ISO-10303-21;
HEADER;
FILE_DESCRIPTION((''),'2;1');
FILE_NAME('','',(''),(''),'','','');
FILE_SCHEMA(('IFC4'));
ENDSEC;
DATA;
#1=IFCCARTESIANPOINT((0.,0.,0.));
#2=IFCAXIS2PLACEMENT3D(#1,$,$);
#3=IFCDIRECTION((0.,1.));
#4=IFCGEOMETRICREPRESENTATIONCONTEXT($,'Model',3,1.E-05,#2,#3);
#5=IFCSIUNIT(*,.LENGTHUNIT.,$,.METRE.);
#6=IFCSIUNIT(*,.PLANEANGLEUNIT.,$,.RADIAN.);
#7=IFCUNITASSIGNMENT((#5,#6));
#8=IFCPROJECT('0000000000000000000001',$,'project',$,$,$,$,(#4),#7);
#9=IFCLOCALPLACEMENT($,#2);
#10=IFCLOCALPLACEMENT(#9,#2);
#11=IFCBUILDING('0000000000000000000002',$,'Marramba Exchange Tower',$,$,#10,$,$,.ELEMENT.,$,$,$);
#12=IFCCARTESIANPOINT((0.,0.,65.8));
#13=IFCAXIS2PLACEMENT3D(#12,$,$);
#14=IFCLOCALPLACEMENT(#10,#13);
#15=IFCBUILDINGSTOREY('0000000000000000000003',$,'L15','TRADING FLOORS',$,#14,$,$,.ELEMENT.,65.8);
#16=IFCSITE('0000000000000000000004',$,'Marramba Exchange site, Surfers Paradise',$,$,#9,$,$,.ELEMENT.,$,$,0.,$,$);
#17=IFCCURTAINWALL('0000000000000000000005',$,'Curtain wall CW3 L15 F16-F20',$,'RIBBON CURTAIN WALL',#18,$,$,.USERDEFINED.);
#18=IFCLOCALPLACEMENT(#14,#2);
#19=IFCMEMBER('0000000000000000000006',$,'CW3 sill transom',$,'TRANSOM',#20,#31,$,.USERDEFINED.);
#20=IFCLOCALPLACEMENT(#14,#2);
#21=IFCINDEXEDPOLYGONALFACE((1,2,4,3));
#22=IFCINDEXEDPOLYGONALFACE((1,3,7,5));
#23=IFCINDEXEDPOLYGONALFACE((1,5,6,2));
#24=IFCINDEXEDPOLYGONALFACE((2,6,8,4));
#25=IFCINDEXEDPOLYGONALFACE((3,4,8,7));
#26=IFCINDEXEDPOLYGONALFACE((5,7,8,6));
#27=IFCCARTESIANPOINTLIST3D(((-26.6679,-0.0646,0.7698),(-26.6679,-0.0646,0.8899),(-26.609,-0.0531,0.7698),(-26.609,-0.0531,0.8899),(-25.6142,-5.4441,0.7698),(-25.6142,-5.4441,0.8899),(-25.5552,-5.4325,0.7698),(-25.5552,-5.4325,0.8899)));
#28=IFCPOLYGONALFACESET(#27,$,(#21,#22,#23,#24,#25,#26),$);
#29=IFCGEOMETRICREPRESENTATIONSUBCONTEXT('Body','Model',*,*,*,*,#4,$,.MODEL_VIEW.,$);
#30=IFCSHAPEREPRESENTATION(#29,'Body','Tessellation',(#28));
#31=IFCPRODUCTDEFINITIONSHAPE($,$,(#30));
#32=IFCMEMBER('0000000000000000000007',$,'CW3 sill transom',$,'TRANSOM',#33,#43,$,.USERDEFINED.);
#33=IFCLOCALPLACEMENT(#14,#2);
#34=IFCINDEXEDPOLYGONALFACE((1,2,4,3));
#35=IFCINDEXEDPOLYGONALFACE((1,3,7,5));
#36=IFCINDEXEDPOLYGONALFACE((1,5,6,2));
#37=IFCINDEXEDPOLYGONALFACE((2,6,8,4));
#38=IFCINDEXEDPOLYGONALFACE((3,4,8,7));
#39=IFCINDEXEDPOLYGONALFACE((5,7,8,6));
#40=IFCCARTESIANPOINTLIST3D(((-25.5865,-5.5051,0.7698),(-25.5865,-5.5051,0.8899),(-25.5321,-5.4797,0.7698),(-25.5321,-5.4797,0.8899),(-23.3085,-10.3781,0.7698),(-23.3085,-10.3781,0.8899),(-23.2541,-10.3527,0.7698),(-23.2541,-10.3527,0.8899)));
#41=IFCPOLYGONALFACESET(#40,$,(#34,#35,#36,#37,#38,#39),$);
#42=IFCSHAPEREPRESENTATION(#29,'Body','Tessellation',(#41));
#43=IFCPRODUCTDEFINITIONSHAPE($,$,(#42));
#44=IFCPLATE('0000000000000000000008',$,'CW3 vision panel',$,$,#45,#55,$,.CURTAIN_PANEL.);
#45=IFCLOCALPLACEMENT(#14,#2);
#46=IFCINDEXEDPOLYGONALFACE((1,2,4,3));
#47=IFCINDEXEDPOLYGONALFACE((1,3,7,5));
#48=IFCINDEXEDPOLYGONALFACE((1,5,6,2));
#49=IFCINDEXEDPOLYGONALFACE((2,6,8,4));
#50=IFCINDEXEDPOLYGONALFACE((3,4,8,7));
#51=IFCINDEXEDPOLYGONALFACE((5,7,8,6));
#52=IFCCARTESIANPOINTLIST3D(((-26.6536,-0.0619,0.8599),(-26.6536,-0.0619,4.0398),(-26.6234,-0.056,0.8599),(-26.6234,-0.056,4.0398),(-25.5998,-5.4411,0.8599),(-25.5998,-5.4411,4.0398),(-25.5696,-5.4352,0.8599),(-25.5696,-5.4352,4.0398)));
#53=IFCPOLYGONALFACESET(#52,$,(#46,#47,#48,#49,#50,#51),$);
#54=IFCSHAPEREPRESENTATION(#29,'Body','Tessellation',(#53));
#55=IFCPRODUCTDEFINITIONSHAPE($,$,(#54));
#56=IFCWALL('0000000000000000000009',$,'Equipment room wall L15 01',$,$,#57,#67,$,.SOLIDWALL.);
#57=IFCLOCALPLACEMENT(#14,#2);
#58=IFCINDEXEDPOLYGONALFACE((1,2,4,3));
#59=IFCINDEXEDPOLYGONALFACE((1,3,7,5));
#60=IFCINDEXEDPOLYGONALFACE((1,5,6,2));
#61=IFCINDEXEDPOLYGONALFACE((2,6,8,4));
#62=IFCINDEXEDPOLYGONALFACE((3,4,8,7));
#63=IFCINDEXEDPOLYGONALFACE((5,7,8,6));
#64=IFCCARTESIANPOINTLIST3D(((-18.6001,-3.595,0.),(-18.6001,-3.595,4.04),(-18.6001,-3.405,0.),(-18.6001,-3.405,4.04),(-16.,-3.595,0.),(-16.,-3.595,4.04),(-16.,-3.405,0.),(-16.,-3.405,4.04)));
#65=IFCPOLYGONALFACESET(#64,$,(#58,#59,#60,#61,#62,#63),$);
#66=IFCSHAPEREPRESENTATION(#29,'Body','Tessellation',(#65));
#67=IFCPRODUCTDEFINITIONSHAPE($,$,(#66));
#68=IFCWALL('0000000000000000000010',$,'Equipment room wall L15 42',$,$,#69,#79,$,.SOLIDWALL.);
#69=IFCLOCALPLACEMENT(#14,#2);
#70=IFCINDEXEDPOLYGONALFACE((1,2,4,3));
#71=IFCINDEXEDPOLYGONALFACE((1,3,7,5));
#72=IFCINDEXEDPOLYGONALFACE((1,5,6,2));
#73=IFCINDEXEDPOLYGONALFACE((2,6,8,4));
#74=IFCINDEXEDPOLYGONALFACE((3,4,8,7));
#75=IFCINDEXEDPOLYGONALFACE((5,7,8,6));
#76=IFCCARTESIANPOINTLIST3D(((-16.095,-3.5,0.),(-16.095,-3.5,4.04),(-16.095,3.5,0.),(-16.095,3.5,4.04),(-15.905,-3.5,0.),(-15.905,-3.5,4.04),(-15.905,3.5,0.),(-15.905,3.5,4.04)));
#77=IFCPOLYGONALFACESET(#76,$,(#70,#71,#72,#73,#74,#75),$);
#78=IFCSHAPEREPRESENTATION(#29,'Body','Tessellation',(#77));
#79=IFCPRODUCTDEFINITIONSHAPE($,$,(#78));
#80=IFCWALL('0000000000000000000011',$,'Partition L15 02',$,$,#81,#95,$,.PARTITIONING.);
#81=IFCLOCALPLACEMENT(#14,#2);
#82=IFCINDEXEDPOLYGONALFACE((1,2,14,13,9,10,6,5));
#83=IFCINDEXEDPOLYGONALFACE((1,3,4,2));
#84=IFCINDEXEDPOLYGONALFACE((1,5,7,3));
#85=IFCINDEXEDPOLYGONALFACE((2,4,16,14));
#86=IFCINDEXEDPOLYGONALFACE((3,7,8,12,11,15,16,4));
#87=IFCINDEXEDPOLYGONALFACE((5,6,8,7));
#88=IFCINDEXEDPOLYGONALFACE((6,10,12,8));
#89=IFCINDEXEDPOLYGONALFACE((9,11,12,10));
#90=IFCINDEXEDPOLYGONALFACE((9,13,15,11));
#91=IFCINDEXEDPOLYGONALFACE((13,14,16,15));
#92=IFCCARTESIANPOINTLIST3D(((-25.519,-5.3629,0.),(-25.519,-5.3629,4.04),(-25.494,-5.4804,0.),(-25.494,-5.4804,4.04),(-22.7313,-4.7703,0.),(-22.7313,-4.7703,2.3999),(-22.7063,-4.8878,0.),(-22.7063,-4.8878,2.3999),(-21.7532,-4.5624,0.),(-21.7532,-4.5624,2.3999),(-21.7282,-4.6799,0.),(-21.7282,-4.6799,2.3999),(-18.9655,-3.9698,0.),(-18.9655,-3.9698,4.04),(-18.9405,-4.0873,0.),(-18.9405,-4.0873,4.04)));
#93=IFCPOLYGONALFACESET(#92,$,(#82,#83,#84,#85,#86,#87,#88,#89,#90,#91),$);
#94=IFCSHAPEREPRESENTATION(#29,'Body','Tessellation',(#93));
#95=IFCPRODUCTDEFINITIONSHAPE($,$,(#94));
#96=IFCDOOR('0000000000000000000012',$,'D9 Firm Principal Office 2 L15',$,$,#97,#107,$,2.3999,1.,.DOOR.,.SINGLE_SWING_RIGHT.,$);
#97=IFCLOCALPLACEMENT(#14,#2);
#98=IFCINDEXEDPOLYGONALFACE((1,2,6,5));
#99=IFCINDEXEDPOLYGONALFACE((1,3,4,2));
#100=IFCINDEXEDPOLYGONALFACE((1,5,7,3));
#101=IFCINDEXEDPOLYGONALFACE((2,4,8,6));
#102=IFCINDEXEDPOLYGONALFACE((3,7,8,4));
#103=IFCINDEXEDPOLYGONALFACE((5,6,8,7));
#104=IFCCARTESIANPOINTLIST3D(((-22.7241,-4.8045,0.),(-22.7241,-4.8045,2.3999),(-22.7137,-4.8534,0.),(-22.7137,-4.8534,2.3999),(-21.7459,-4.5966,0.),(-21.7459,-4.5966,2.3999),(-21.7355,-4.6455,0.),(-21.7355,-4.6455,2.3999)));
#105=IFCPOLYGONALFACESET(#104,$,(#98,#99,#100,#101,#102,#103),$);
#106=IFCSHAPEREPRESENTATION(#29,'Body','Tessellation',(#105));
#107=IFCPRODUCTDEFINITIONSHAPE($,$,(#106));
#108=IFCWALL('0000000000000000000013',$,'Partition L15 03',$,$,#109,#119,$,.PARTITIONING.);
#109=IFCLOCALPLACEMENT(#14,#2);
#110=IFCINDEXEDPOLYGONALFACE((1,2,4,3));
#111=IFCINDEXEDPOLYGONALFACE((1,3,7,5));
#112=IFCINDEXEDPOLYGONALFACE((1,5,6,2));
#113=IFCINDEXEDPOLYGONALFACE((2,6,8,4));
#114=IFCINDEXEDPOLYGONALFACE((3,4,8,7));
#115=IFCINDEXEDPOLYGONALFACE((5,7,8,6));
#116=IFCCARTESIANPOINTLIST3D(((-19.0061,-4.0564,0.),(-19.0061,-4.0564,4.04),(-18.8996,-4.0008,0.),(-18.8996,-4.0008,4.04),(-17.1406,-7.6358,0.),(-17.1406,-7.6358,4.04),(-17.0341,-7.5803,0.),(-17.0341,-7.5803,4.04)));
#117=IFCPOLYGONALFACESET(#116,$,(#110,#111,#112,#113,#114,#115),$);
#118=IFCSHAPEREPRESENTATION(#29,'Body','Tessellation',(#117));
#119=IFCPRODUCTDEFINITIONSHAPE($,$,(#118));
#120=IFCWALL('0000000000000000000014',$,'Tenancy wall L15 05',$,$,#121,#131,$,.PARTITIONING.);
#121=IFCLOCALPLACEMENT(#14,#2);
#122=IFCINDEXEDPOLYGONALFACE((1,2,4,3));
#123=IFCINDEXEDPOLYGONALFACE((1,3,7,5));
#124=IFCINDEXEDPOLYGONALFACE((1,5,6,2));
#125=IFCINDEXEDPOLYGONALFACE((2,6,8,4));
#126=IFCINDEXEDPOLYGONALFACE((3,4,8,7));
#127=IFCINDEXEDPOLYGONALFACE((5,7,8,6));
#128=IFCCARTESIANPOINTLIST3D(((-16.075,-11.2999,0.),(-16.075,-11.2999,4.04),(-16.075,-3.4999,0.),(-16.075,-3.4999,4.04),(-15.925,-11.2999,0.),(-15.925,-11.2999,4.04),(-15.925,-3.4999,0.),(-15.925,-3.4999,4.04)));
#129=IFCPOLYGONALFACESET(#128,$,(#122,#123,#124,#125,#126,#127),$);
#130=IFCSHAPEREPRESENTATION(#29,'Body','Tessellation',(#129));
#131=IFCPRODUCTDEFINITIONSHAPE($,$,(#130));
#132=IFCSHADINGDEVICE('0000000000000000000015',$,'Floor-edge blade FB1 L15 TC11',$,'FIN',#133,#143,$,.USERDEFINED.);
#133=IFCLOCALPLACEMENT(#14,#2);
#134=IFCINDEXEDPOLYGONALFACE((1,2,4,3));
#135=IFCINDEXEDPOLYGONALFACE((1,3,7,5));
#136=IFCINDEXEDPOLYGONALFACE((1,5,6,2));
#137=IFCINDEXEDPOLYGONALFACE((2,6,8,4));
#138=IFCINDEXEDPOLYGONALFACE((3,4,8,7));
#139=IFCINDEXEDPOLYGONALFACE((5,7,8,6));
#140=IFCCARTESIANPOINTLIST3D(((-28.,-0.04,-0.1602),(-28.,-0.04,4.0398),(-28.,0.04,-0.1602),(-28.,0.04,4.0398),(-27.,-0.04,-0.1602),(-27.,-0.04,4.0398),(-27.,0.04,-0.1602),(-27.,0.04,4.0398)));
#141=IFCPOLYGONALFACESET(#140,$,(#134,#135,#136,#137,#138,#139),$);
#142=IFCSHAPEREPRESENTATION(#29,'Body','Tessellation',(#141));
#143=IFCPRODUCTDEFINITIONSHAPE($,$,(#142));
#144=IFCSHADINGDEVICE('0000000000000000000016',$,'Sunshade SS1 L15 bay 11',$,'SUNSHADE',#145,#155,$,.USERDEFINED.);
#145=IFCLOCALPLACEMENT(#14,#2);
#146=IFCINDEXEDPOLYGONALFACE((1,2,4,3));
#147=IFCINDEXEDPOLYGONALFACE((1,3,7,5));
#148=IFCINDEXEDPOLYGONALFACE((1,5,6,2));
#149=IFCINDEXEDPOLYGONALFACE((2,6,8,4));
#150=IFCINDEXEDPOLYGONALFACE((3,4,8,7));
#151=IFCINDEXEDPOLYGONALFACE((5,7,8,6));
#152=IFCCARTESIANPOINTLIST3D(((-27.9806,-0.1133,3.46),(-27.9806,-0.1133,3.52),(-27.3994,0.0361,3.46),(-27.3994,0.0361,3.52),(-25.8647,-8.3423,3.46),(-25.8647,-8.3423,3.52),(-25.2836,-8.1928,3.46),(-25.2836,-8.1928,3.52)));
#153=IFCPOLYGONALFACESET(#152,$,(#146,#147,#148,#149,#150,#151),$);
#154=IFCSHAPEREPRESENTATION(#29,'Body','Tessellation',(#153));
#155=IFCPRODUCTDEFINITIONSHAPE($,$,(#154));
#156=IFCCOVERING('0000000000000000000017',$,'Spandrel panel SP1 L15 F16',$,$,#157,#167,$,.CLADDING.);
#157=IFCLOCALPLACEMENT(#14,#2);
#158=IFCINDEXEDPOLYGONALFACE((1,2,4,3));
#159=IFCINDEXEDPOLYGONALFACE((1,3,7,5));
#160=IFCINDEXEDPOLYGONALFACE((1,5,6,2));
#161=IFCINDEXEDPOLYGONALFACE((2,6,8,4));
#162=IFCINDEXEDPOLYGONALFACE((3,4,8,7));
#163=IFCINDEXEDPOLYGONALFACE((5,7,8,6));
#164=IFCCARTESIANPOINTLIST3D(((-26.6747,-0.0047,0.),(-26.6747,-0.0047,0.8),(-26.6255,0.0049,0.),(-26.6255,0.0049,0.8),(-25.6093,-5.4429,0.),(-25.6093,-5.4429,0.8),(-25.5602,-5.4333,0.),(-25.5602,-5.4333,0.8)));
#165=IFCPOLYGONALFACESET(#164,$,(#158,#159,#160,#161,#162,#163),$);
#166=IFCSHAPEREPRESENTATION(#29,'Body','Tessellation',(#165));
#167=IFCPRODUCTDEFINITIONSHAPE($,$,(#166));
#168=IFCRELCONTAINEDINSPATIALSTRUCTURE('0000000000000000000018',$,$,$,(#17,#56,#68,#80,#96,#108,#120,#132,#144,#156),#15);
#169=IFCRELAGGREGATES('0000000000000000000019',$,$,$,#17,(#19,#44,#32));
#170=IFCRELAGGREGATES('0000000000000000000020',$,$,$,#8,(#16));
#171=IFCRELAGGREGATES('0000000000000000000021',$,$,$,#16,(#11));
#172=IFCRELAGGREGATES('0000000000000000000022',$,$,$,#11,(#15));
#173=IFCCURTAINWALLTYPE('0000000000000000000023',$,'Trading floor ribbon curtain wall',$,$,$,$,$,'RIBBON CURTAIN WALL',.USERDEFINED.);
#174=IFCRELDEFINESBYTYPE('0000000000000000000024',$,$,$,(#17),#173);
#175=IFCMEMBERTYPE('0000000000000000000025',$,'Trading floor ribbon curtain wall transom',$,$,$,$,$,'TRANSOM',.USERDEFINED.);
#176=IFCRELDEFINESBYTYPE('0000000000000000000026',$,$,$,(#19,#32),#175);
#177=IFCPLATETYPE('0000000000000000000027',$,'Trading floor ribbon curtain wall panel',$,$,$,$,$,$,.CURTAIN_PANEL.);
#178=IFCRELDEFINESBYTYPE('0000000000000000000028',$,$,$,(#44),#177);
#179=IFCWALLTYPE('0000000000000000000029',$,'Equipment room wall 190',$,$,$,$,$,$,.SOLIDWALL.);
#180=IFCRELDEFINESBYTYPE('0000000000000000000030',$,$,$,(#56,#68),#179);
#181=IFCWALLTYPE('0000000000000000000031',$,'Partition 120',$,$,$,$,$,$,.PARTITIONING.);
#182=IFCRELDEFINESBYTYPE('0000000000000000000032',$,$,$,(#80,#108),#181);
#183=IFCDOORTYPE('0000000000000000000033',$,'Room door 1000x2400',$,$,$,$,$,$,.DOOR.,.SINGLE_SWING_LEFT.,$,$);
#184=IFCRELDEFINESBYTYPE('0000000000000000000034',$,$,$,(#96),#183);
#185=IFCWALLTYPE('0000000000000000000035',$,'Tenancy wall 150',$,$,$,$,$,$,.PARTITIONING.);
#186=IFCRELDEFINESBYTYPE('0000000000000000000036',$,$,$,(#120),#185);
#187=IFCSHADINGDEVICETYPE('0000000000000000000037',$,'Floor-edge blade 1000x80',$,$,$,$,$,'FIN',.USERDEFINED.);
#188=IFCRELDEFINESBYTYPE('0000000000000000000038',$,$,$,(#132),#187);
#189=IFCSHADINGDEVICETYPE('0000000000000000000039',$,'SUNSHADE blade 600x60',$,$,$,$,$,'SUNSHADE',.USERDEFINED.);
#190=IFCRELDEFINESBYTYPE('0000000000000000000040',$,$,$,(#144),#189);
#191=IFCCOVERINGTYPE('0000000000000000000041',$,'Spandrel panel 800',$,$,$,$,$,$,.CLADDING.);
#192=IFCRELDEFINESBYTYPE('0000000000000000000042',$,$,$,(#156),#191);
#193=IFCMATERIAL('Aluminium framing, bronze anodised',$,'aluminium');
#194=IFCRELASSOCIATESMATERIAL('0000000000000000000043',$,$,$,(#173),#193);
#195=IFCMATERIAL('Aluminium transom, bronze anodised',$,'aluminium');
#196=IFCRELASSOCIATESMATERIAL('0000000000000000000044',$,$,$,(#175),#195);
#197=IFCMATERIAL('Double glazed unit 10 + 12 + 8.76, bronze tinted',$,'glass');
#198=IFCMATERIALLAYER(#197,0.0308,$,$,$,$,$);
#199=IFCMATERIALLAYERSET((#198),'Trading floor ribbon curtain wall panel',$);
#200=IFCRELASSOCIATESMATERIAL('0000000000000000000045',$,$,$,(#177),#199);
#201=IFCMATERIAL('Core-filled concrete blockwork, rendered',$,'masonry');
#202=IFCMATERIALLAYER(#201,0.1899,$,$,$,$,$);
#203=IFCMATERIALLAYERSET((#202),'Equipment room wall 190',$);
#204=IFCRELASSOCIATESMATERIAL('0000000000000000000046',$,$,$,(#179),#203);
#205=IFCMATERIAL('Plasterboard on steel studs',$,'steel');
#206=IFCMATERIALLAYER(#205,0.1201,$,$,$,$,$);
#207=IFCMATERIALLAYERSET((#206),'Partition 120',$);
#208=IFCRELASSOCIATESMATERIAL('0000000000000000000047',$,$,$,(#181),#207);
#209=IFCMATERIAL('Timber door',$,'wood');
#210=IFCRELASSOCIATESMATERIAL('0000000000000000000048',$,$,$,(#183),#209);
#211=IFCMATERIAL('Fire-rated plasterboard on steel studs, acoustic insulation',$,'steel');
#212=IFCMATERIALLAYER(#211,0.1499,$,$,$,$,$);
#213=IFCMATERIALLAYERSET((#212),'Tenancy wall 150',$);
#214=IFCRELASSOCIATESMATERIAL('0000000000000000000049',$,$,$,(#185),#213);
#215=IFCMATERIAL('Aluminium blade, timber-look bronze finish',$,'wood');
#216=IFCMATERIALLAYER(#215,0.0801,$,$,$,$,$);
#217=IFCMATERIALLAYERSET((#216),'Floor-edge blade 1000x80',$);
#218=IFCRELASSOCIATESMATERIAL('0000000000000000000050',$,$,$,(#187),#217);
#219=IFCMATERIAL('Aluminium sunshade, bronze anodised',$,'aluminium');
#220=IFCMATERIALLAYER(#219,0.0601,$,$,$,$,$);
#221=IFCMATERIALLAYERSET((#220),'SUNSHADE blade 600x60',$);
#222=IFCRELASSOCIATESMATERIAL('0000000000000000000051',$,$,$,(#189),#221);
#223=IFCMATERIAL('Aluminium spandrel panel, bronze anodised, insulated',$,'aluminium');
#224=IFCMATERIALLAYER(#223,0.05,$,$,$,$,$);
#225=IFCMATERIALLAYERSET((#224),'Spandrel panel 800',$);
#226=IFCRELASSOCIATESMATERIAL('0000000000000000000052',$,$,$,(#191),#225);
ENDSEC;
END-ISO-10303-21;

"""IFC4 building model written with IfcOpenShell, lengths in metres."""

from ifc_helpers import new_model, si_unit, direction, frame, frame_2d, origin, origin_2d, place, context, subcontext, project, spatial, rectangle, extrude, material, layer, layer_set, material_profile, profile_set, type_object, element, fill, aggregate, save


model = new_model("IFC4")

# Units and contexts
model_context = context("Model", 3, precision=1e-05, world=origin(), true_north=direction((0.0, 1.0)))
body_context = subcontext(model_context, "Body", "Model", "MODEL_VIEW")
ifc_project = project(units=[si_unit("LENGTHUNIT", "METRE"), si_unit("PLANEANGLEUNIT", "RADIAN")], contexts=[model_context])

# Site, building, storey
site_placement = place(None, origin())
site = spatial("IfcSite", under=ifc_project, at=site_placement, Name="Marramba Exchange site, Surfers Paradise", CompositionType="ELEMENT", RefElevation=0.0)
building_placement = place(site_placement, origin())
building = spatial("IfcBuilding", under=site, at=building_placement, Name="Marramba Exchange Tower", CompositionType="ELEMENT")
storey_placement = place(building_placement, frame((0.0, 0.0, 65.8)))
storey = spatial("IfcBuildingStorey", under=building, at=storey_placement, Name="L15", Description="TRADING FLOORS", CompositionType="ELEMENT", Elevation=65.8)

# Curtain wall, members, plate
ifc_material_1 = material(Name="Aluminium framing, bronze anodised", Category="aluminium")
curtain_wall_type = type_object("IfcCurtainWallType", Name="Trading floor ribbon curtain wall", ElementType="RIBBON CURTAIN WALL", PredefinedType="USERDEFINED", material=ifc_material_1)
curtain_wall_placement = place(storey_placement, origin())
curtain_wall = element("IfcCurtainWall", 1, at=curtain_wall_placement, inside=storey, type_object=curtain_wall_type, Name="Curtain wall CW3 L15 F16-F20", ObjectType="RIBBON CURTAIN WALL", PredefinedType="USERDEFINED")
ifc_material_2 = material(Name="Aluminium transom, bronze anodised", Category="aluminium")
ifc_material_profile_1 = material_profile(ifc_material_2, rectangle(XDim=0.0601, YDim=0.1201, at=origin_2d()), Name="CW3 transom 60x120")
ifc_profile_set_1 = profile_set([ifc_material_profile_1], Name="Aluminium transom, bronze anodised")
member_type_1 = type_object("IfcMemberType", Name="Trading floor ribbon curtain wall transom", ElementType="TRANSOM", PredefinedType="USERDEFINED", material=ifc_profile_set_1)
member_1_placement = place(storey_placement, frame((-26.6384, -0.0588, 0.8298), z_axis=(0.192226, -0.981351, 0.0), x_axis=(0.981351, 0.192226, 0.0)))
member_1 = element("IfcMember", 2, at=member_1_placement, type_object=member_type_1, Name="CW3 sill transom", ObjectType="TRANSOM", PredefinedType="USERDEFINED", context=body_context, shape_type="SweptSolid", body=[
    extrude(rectangle(XDim=0.0601, YDim=0.1201, at=origin_2d()), origin(), (0.0, 0.0, 1.0), 5.4817),
])
member_2_placement = place(storey_placement, frame((-25.5593, -5.4924, 0.8298), z_axis=(0.423494, -0.905899, 0.0), x_axis=(0.905899, 0.423494, 0.0)))
member_2 = element("IfcMember", 3, at=member_2_placement, type_object=member_type_1, Name="CW3 sill transom", ObjectType="TRANSOM", PredefinedType="USERDEFINED", context=body_context, shape_type="SweptSolid", body=[
    extrude(rectangle(XDim=0.0601, YDim=0.1201, at=origin_2d()), origin(), (0.0, 0.0, 1.0), 5.3792),
])
ifc_material_3 = material(Name="Double glazed unit 10 + 12 + 8.76, bronze tinted", Category="glass")
ifc_layer_1 = layer(ifc_material_3, 0.0308)
ifc_layer_set_1 = layer_set([ifc_layer_1], Name="Trading floor ribbon curtain wall panel")
plate_type = type_object("IfcPlateType", Name="Trading floor ribbon curtain wall panel", PredefinedType="CURTAIN_PANEL", material=ifc_layer_set_1)
plate_placement = place(storey_placement, frame((-26.1116, -2.7485, 0.8599), z_axis=(0.0, 0.0, 1.0), x_axis=(0.192249, -0.981346, 0.0)))
plate = element("IfcPlate", 4, at=plate_placement, type_object=plate_type, Name="CW3 vision panel", PredefinedType="CURTAIN_PANEL", context=body_context, shape_type="SweptSolid", body=[
    extrude(rectangle(XDim=5.4814, YDim=0.0308, at=origin_2d()), origin(), (0.0, 0.0, 1.0), 3.1799),
])
aggregate(curtain_wall, [member_1, plate, member_2])

# Walls
ifc_material_4 = material(Name="Core-filled concrete blockwork, rendered", Category="masonry")
ifc_layer_2 = layer(ifc_material_4, 0.1899)
ifc_layer_set_2 = layer_set([ifc_layer_2], Name="Equipment room wall 190")
wall_type_1 = type_object("IfcWallType", Name="Equipment room wall 190", PredefinedType="SOLIDWALL", material=ifc_layer_set_2)
wall_1_placement = place(storey_placement, frame((-18.6001, -3.5, 0.0), z_axis=(0.0, 0.0, 1.0), x_axis=(1.0, 0.0, 0.0)))
element("IfcWall", 5, at=wall_1_placement, inside=storey, type_object=wall_type_1, Name="Equipment room wall L15 01", PredefinedType="SOLIDWALL", context=body_context, shape_type="SweptSolid", body=[
    extrude(rectangle(XDim=2.6001, YDim=0.1899, at=frame_2d((1.3, 0.0))), origin(), (0.0, 0.0, 1.0), 4.04),
])
wall_2_placement = place(storey_placement, frame((-16.0, -3.5, 0.0), z_axis=(0.0, 0.0, 1.0), x_axis=(0.0, 1.0, 0.0)))
element("IfcWall", 6, at=wall_2_placement, inside=storey, type_object=wall_type_1, Name="Equipment room wall L15 42", PredefinedType="SOLIDWALL", context=body_context, shape_type="SweptSolid", body=[
    extrude(rectangle(XDim=7.0, YDim=0.1899, at=frame_2d((3.5, 0.0))), origin(), (0.0, 0.0, 1.0), 4.04),
])

# Wall, opening, door
ifc_material_5 = material(Name="Plasterboard on steel studs", Category="steel")
ifc_layer_3 = layer(ifc_material_5, 0.1201)
ifc_layer_set_3 = layer_set([ifc_layer_3], Name="Partition 120")
wall_type_2 = type_object("IfcWallType", Name="Partition 120", PredefinedType="PARTITIONING", material=ifc_layer_set_3)
wall_3_placement = place(storey_placement, frame((-18.9529, -4.0286, 0.0), z_axis=(0.0, 0.0, 1.0), x_axis=(-0.978145, -0.207924, 0.0)))
wall_3 = element("IfcWall", 7, at=wall_3_placement, inside=storey, type_object=wall_type_2, Name="Partition L15 02", PredefinedType="PARTITIONING", context=body_context, shape_type="SweptSolid", body=[
    extrude(rectangle(XDim=6.7, YDim=0.1201, at=frame_2d((3.3501, 0.0))), origin(), (0.0, 0.0, 1.0), 4.04),
])
opening_placement = place(wall_3_placement, frame((2.8501, 0.0, 0.0)))
opening = element("IfcOpeningElement", 8, at=opening_placement, cuts=wall_3, PredefinedType="OPENING", context=body_context, shape_type="SweptSolid", body=[
    extrude(rectangle(XDim=1.0, YDim=2.3999, at=frame_2d((0.5, 1.2))), frame((0.0, 0.0701, 0.0), z_axis=(0.0, -1.0, 0.0), x_axis=(1.0, 0.0, 0.0)), (0.0, 0.0, 1.0), 0.1401),
])
ifc_material_6 = material(Name="Timber door", Category="wood")
door_type = type_object("IfcDoorType", Name="Room door 1000x2400", OperationType="SINGLE_SWING_LEFT", PredefinedType="DOOR", material=ifc_material_6)
door_placement = place(opening_placement, origin())
door = element("IfcDoor", 9, at=door_placement, inside=storey, type_object=door_type, Name="D9 Firm Principal Office 2 L15", OperationType="SINGLE_SWING_RIGHT", OverallHeight=2.3999, OverallWidth=1.0, PredefinedType="DOOR", context=body_context, shape_type="SweptSolid", body=[
    extrude(rectangle(XDim=1.0, YDim=2.3999, at=frame_2d((0.5, 1.2))), frame((0.0, 0.0249, 0.0), z_axis=(0.0, -1.0, 0.0), x_axis=(1.0, 0.0, 0.0)), (0.0, 0.0, 1.0), 0.05),
])
fill(opening, door)

# Walls
wall_4_placement = place(storey_placement, frame((-17.0874, -7.6079, 0.0), z_axis=(0.0, 0.0, 1.0), x_axis=(-0.462175, 0.886789, 0.0)))
element("IfcWall", 10, at=wall_4_placement, inside=storey, type_object=wall_type_2, Name="Partition L15 03", PredefinedType="PARTITIONING", context=body_context, shape_type="SweptSolid", body=[
    extrude(rectangle(XDim=4.0364, YDim=0.1201, at=frame_2d((2.0181, 0.0))), origin(), (0.0, 0.0, 1.0), 4.04),
])
ifc_material_7 = material(Name="Fire-rated plasterboard on steel studs, acoustic insulation", Category="steel")
ifc_layer_4 = layer(ifc_material_7, 0.1499)
ifc_layer_set_4 = layer_set([ifc_layer_4], Name="Tenancy wall 150")
wall_type_3 = type_object("IfcWallType", Name="Tenancy wall 150", PredefinedType="PARTITIONING", material=ifc_layer_set_4)
wall_5_placement = place(storey_placement, frame((-16.0, -3.5, 0.0), z_axis=(0.0, 0.0, 1.0), x_axis=(0.0, -1.0, 0.0)))
element("IfcWall", 11, at=wall_5_placement, inside=storey, type_object=wall_type_3, Name="Tenancy wall L15 05", PredefinedType="PARTITIONING", context=body_context, shape_type="SweptSolid", body=[
    extrude(rectangle(XDim=7.8, YDim=0.1499, at=frame_2d((3.8999, 0.0))), origin(), (0.0, 0.0, 1.0), 4.04),
])

# Shading devices
ifc_material_8 = material(Name="Aluminium blade, timber-look bronze finish", Category="wood")
ifc_layer_5 = layer(ifc_material_8, 0.0801)
ifc_layer_set_5 = layer_set([ifc_layer_5], Name="Floor-edge blade 1000x80")
shading_device_type_1 = type_object("IfcShadingDeviceType", Name="Floor-edge blade 1000x80", ElementType="FIN", PredefinedType="USERDEFINED", material=ifc_layer_set_5)
shading_device_1_placement = place(storey_placement, frame((-27.5, 0.0, -0.1602), z_axis=(0.0, 0.0, 1.0), x_axis=(-1.0, 0.0, 0.0)))
element("IfcShadingDevice", 12, at=shading_device_1_placement, inside=storey, type_object=shading_device_type_1, Name="Floor-edge blade FB1 L15 TC11", ObjectType="FIN", PredefinedType="USERDEFINED", context=body_context, shape_type="SweptSolid", body=[
    extrude(rectangle(XDim=1.0, YDim=0.0801, at=origin_2d()), origin(), (0.0, 0.0, 1.0), 4.2),
])
ifc_material_9 = material(Name="Aluminium sunshade, bronze anodised", Category="aluminium")
ifc_layer_6 = layer(ifc_material_9, 0.0601)
ifc_layer_set_6 = layer_set([ifc_layer_6], Name="SUNSHADE blade 600x60")
shading_device_type_2 = type_object("IfcShadingDeviceType", Name="SUNSHADE blade 600x60", ElementType="SUNSHADE", PredefinedType="USERDEFINED", material=ifc_layer_set_6)
shading_device_2_placement = place(storey_placement, frame((-26.6321, -4.1531, 3.46), z_axis=(0.0, 0.0, 1.0), x_axis=(0.249025, -0.968497, 0.0)))
element("IfcShadingDevice", 13, at=shading_device_2_placement, inside=storey, type_object=shading_device_type_2, Name="Sunshade SS1 L15 bay 11", ObjectType="SUNSHADE", PredefinedType="USERDEFINED", context=body_context, shape_type="SweptSolid", body=[
    extrude(rectangle(XDim=8.4966, YDim=0.6001, at=origin_2d()), origin(), (0.0, 0.0, 1.0), 0.0601),
])

# Covering
ifc_material_10 = material(Name="Aluminium spandrel panel, bronze anodised, insulated", Category="aluminium")
ifc_layer_7 = layer(ifc_material_10, 0.05)
ifc_layer_set_7 = layer_set([ifc_layer_7], Name="Spandrel panel 800")
covering_type = type_object("IfcCoveringType", Name="Spandrel panel 800", PredefinedType="CLADDING", material=ifc_layer_set_7)
covering_1_placement = place(storey_placement, frame((-26.1174, -2.719, 0.0), z_axis=(0.0, 0.0, 1.0), x_axis=(0.192249, -0.981346, 0.0)))
element("IfcCovering", 14, at=covering_1_placement, inside=storey, type_object=covering_type, Name="Spandrel panel SP1 L15 F16", PredefinedType="CLADDING", context=body_context, shape_type="SweptSolid", body=[
    extrude(rectangle(XDim=5.5415, YDim=0.05, at=origin_2d()), origin(), (0.0, 0.0, 1.0), 0.8),
])

save(model, "model.ifc")
